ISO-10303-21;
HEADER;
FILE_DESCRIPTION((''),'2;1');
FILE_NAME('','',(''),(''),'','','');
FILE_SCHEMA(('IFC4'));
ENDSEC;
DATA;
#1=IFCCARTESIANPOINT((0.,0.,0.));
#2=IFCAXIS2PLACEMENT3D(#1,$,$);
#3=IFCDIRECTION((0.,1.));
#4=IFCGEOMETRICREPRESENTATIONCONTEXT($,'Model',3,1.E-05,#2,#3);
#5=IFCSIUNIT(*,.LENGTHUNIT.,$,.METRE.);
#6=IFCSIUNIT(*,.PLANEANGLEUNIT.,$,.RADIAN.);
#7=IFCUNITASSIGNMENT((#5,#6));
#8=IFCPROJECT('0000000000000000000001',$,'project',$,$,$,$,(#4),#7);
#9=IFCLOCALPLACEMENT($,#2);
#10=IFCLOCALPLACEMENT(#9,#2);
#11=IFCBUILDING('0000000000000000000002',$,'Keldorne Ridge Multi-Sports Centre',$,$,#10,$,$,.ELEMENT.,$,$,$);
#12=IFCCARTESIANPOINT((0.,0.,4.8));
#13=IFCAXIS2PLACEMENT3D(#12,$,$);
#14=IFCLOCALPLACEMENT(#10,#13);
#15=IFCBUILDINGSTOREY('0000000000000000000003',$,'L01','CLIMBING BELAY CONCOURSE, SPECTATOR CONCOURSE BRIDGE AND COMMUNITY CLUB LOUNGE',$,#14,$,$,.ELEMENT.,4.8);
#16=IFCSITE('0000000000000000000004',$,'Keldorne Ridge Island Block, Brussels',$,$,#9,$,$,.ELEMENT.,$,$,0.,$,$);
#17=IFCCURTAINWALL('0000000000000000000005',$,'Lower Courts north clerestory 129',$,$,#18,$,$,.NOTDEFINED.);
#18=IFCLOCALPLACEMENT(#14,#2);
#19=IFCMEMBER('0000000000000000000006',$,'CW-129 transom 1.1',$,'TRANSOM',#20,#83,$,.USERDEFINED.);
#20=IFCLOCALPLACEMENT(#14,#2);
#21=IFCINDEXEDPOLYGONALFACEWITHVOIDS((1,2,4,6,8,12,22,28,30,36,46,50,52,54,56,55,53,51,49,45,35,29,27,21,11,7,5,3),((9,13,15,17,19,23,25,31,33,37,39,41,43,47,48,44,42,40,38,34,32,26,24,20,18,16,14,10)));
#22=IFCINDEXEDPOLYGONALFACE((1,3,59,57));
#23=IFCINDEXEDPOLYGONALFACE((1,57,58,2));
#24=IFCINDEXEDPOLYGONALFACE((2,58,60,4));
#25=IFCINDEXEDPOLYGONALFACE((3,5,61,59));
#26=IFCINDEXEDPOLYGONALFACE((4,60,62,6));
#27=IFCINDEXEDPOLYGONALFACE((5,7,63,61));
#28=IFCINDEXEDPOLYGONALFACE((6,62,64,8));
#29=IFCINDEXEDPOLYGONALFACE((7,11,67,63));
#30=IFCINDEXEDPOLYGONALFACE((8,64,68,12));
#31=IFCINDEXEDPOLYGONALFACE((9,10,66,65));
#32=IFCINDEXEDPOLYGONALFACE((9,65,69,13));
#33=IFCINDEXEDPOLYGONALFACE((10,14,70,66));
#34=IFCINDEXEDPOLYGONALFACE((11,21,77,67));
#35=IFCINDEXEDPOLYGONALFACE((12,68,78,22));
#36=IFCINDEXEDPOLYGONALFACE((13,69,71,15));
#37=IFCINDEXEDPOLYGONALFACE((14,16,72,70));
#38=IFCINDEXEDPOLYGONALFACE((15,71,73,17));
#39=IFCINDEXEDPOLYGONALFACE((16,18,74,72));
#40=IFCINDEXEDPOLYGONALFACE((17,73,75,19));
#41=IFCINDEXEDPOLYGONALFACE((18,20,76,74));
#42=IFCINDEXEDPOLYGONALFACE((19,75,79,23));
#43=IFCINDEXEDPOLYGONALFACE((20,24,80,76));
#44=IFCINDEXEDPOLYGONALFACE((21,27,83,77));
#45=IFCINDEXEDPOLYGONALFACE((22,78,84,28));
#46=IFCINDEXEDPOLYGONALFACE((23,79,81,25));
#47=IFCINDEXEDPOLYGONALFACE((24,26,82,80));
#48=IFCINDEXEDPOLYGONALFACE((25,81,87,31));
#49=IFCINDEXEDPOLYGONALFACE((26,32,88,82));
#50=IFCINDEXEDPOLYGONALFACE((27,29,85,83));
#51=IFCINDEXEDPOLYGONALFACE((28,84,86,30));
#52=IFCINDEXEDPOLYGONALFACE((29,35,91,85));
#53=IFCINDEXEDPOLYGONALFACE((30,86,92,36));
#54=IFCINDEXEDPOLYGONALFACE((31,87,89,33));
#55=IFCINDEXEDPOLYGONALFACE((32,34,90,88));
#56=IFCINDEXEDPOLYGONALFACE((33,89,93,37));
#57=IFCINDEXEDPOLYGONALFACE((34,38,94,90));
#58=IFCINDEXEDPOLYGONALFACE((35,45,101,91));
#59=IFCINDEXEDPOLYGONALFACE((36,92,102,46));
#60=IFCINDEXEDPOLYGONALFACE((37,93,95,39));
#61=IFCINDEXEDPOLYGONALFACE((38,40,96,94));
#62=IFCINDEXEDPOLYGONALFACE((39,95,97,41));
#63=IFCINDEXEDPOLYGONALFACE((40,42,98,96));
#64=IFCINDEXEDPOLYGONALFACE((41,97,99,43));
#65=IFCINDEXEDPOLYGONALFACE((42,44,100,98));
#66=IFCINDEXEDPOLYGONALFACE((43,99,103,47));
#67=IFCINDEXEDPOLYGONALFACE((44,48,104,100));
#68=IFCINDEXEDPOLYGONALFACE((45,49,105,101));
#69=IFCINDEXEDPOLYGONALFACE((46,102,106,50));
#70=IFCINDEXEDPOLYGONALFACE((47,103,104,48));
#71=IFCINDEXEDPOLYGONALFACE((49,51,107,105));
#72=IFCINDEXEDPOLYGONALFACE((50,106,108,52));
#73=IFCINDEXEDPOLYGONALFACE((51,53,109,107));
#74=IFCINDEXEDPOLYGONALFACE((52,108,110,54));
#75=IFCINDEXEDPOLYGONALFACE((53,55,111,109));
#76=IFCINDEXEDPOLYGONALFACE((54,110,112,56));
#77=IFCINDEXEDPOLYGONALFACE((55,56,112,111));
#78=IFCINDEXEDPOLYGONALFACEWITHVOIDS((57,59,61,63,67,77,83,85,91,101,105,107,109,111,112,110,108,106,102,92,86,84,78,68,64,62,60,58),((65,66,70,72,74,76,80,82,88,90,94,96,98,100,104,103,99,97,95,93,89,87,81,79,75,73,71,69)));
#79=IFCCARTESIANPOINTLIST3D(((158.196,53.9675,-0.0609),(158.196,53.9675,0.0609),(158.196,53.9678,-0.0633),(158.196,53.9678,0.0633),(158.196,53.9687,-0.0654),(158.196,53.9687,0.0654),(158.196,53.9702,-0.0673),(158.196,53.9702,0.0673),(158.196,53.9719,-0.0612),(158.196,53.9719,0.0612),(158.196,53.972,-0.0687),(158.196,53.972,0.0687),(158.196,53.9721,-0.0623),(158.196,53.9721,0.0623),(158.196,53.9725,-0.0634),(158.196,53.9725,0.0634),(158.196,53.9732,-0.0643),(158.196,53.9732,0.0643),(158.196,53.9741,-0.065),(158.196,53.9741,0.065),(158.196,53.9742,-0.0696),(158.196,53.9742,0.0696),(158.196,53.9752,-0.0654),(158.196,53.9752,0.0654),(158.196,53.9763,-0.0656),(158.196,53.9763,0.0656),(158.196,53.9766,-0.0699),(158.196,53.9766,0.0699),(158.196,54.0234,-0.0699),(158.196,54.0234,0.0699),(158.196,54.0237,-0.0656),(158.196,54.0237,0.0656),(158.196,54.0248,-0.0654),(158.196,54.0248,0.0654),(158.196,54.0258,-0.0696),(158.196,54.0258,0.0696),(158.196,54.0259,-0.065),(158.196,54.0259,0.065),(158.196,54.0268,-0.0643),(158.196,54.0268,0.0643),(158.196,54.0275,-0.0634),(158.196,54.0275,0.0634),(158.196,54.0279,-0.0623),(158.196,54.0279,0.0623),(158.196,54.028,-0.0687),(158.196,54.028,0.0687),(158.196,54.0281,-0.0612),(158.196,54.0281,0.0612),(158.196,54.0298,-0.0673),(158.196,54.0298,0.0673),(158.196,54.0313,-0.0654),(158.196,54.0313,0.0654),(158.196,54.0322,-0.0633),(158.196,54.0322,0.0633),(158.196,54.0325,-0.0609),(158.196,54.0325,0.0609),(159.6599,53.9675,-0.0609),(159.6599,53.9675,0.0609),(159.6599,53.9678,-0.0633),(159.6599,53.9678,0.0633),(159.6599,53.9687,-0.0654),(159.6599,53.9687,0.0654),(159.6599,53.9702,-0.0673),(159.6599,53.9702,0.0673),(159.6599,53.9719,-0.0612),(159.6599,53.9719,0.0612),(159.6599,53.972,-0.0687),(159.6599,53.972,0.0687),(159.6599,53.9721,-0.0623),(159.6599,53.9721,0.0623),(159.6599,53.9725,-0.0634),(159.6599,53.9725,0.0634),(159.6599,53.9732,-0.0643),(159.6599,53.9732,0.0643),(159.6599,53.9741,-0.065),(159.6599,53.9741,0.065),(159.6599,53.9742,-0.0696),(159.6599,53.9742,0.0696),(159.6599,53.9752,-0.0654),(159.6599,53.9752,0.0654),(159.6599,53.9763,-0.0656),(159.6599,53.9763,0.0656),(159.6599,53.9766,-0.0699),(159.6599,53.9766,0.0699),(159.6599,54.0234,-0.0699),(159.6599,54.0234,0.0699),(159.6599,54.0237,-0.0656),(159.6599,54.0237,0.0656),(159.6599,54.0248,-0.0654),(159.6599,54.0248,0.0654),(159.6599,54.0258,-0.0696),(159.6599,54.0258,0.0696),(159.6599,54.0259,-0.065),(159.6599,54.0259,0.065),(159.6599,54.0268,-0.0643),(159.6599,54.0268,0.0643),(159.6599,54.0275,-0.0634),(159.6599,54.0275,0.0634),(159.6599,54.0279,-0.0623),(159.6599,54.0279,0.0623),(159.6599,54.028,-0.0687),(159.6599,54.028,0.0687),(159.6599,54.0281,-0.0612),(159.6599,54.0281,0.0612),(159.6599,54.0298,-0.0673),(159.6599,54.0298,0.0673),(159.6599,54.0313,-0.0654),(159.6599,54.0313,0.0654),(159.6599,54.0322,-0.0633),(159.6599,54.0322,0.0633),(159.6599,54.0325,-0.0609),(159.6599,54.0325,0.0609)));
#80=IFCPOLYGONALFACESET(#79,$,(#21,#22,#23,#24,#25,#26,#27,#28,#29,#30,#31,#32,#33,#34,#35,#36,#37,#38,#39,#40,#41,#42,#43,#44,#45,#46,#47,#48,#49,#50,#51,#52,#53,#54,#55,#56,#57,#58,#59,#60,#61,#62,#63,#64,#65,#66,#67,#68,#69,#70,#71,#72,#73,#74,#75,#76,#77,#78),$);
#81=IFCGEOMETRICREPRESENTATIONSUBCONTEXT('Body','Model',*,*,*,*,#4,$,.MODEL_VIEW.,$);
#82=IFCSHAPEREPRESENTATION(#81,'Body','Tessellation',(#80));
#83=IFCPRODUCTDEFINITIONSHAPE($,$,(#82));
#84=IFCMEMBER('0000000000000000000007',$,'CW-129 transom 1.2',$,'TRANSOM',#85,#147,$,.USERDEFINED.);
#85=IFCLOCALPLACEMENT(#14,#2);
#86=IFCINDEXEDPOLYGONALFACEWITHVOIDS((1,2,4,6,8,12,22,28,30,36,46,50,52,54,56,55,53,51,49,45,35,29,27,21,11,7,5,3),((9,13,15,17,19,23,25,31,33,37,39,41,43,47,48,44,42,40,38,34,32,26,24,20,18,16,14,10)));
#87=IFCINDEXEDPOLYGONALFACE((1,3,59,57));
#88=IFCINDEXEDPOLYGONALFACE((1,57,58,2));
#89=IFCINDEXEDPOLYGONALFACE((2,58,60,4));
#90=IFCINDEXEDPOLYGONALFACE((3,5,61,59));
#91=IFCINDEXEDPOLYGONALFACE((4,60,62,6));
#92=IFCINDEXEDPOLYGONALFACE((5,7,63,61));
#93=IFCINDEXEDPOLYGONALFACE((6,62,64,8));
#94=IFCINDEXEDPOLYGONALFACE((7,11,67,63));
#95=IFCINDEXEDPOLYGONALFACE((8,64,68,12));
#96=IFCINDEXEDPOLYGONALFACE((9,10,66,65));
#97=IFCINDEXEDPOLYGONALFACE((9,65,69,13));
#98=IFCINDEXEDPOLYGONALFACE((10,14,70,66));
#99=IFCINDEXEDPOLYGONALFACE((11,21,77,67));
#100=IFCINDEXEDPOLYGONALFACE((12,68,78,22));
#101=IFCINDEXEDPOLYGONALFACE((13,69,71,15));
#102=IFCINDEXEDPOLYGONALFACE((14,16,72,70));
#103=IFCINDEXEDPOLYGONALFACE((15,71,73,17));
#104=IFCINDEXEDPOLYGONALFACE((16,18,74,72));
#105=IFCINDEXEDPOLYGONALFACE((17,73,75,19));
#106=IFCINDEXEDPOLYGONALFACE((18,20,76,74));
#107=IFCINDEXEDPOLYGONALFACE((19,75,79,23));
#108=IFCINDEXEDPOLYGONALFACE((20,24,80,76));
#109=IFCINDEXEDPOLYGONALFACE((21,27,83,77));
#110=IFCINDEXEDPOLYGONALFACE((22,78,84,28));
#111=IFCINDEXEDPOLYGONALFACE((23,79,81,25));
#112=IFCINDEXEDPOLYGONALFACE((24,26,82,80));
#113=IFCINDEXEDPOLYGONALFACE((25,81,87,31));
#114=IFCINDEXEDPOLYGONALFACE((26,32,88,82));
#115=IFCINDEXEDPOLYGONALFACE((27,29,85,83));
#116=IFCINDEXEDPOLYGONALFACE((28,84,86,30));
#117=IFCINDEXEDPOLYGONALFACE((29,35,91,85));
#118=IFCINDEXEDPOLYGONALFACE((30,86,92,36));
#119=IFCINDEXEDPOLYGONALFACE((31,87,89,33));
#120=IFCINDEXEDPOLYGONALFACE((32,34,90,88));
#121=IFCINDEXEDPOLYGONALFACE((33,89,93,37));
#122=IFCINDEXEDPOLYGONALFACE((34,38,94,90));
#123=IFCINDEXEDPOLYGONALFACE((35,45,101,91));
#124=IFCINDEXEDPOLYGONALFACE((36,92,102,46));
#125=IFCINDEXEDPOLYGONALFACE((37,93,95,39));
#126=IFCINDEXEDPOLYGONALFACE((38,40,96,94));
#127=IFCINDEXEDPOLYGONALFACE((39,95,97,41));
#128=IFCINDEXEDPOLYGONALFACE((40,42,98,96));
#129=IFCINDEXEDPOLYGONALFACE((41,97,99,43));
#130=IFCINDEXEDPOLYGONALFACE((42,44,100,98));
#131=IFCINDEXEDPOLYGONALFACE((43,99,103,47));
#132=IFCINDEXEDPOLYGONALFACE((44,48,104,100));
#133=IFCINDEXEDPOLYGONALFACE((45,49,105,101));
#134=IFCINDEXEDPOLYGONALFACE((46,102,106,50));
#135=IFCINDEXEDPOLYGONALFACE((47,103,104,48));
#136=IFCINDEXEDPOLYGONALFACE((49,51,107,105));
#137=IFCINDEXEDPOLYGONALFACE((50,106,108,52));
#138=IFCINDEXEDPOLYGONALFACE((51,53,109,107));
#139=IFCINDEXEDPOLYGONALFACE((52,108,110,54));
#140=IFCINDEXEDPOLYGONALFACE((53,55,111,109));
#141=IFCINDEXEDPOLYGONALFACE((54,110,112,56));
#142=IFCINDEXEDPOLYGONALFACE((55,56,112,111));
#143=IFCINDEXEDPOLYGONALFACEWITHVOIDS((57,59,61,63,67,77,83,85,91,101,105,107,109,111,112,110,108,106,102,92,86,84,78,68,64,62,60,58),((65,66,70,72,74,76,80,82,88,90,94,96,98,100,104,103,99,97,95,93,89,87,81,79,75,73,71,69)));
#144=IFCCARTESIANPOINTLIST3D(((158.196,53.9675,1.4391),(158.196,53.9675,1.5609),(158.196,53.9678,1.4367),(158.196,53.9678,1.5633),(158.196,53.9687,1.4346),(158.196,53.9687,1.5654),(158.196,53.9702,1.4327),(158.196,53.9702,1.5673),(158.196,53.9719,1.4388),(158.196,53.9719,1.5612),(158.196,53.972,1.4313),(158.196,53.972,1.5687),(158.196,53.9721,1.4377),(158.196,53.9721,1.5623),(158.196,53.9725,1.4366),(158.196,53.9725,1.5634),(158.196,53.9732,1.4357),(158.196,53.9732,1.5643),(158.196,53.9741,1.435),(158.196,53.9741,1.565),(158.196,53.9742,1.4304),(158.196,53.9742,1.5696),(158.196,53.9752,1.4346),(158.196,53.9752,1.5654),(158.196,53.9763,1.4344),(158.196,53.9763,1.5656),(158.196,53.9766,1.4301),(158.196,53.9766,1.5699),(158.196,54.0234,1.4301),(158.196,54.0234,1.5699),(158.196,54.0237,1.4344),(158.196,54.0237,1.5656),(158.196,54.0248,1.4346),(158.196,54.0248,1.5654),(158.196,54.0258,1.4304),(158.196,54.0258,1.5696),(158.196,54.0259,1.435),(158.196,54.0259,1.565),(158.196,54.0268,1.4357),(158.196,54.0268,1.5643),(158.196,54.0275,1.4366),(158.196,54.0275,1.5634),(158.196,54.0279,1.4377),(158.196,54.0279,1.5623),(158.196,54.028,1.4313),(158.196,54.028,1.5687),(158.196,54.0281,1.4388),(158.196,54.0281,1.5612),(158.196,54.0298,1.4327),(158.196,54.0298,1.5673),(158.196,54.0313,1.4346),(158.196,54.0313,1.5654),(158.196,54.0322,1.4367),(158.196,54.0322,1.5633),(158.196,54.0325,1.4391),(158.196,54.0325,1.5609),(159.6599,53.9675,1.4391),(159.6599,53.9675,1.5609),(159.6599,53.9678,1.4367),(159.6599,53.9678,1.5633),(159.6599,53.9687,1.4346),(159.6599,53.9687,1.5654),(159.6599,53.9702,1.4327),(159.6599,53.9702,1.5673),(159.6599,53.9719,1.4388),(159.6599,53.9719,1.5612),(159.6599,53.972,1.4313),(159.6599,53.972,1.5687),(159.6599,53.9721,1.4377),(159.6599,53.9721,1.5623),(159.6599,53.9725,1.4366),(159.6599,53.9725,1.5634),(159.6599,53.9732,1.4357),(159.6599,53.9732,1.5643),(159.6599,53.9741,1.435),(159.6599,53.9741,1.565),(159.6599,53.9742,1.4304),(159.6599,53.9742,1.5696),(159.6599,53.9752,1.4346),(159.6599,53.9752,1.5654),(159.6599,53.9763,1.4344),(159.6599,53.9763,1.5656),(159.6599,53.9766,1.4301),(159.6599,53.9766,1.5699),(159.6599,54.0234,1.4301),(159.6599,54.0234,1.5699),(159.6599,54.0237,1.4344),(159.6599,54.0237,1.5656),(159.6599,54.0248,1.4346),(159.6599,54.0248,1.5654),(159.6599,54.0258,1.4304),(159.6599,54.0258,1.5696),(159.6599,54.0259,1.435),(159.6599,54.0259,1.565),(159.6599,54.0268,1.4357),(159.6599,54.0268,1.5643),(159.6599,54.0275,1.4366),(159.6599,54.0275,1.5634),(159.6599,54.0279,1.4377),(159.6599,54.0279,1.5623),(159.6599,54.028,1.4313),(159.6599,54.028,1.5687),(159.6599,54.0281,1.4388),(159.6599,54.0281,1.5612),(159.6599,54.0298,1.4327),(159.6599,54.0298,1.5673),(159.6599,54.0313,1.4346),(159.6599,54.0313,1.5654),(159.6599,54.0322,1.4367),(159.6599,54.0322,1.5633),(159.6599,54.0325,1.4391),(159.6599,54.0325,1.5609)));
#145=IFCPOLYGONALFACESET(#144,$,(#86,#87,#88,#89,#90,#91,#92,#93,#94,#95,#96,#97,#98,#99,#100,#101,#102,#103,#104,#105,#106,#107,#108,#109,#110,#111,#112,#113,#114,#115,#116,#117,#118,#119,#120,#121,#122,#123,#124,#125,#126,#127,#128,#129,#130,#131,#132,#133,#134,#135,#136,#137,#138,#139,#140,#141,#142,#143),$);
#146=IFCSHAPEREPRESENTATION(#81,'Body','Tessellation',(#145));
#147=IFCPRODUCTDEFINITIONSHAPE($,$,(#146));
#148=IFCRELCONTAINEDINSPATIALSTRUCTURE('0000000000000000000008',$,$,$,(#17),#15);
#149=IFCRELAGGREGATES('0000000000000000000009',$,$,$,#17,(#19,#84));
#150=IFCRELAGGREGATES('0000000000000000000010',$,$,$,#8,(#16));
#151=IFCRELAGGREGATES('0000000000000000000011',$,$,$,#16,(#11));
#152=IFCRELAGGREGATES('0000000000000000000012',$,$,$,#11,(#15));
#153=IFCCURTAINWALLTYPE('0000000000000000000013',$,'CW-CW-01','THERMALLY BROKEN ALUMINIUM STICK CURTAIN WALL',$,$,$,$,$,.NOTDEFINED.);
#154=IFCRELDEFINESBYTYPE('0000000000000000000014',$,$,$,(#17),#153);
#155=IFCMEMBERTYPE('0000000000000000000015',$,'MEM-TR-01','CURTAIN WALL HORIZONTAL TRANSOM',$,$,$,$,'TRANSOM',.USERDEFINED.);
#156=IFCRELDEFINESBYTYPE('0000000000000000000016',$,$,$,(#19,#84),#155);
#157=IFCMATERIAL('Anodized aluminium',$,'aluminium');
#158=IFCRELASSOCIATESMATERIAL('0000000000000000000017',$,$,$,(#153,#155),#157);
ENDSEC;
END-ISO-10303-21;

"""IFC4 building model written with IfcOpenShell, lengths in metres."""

from ifc_helpers import new_model, si_unit, direction, frame, origin, origin_2d, place, context, subcontext, project, spatial, hollow_rectangle, extrude, material, material_profile, profile_set, type_object, element, aggregate, save


model = new_model("IFC4")

# Units and contexts
model_context = context("Model", 3, precision=1e-05, world=origin(), true_north=direction((0.0, 1.0)))
body_context = subcontext(model_context, "Body", "Model", "MODEL_VIEW")
ifc_project = project(units=[si_unit("LENGTHUNIT", "METRE"), si_unit("PLANEANGLEUNIT", "RADIAN")], contexts=[model_context])

# Site, building, storey
site_placement = place(None, origin())
site = spatial("IfcSite", under=ifc_project, at=site_placement, Name="Keldorne Ridge Island Block, Brussels", CompositionType="ELEMENT", RefElevation=0.0)
building_placement = place(site_placement, origin())
building = spatial("IfcBuilding", under=site, at=building_placement, Name="Keldorne Ridge Multi-Sports Centre", CompositionType="ELEMENT")
storey_placement = place(building_placement, frame((0.0, 0.0, 4.8)))
storey = spatial("IfcBuildingStorey", under=building, at=storey_placement, Name="L01", Description="CLIMBING BELAY CONCOURSE, SPECTATOR CONCOURSE BRIDGE AND COMMUNITY CLUB LOUNGE", CompositionType="ELEMENT", Elevation=4.8)

# Curtain wall, members
ifc_material_1 = material(Name="Anodized aluminium", Category="aluminium")
curtain_wall_type = type_object("IfcCurtainWallType", Name="CW-CW-01", Description="THERMALLY BROKEN ALUMINIUM STICK CURTAIN WALL", PredefinedType="NOTDEFINED", material=ifc_material_1)
curtain_wall_placement = place(storey_placement, origin())
curtain_wall = element("IfcCurtainWall", 1, at=curtain_wall_placement, inside=storey, type_object=curtain_wall_type, Name="Lower Courts north clerestory 129", PredefinedType="NOTDEFINED")
ifc_material_profile_1 = material_profile(ifc_material_1, hollow_rectangle(XDim=0.0649, YDim=0.1399, WallThickness=0.0044, InnerFilletRadius=0.0044, OuterFilletRadius=0.009, at=origin_2d()), Name="ALU TRANSOM 140x65x4.5")
ifc_profile_set_1 = profile_set([ifc_material_profile_1], Name="Anodized aluminium")
member_type_1 = type_object("IfcMemberType", Name="MEM-TR-01", Description="CURTAIN WALL HORIZONTAL TRANSOM", ElementType="TRANSOM", PredefinedType="USERDEFINED", material=ifc_profile_set_1)
member_1_placement = place(storey_placement, frame((159.6599, 54.0, 0.0), z_axis=(-1.0, 0.0, 0.0), x_axis=(0.0, -1.0, 0.0)))
member_1 = element("IfcMember", 2, at=member_1_placement, type_object=member_type_1, Name="CW-129 transom 1.1", ObjectType="TRANSOM", PredefinedType="USERDEFINED", context=body_context, shape_type="SweptSolid", body=[
    extrude(hollow_rectangle(XDim=0.0649, YDim=0.1399, WallThickness=0.0044, InnerFilletRadius=0.0044, OuterFilletRadius=0.009, at=origin_2d()), origin(), (0.0, 0.0, 1.0), 1.4639),
])
member_2_placement = place(storey_placement, frame((159.6599, 54.0, 1.5), z_axis=(-1.0, 0.0, 0.0), x_axis=(0.0, -1.0, 0.0)))
member_2 = element("IfcMember", 3, at=member_2_placement, type_object=member_type_1, Name="CW-129 transom 1.2", ObjectType="TRANSOM", PredefinedType="USERDEFINED", context=body_context, shape_type="SweptSolid", body=[
    extrude(hollow_rectangle(XDim=0.0649, YDim=0.1399, WallThickness=0.0044, InnerFilletRadius=0.0044, OuterFilletRadius=0.009, at=origin_2d()), origin(), (0.0, 0.0, 1.0), 1.4639),
])
aggregate(curtain_wall, [member_1, member_2])

save(model, "model.ifc")
